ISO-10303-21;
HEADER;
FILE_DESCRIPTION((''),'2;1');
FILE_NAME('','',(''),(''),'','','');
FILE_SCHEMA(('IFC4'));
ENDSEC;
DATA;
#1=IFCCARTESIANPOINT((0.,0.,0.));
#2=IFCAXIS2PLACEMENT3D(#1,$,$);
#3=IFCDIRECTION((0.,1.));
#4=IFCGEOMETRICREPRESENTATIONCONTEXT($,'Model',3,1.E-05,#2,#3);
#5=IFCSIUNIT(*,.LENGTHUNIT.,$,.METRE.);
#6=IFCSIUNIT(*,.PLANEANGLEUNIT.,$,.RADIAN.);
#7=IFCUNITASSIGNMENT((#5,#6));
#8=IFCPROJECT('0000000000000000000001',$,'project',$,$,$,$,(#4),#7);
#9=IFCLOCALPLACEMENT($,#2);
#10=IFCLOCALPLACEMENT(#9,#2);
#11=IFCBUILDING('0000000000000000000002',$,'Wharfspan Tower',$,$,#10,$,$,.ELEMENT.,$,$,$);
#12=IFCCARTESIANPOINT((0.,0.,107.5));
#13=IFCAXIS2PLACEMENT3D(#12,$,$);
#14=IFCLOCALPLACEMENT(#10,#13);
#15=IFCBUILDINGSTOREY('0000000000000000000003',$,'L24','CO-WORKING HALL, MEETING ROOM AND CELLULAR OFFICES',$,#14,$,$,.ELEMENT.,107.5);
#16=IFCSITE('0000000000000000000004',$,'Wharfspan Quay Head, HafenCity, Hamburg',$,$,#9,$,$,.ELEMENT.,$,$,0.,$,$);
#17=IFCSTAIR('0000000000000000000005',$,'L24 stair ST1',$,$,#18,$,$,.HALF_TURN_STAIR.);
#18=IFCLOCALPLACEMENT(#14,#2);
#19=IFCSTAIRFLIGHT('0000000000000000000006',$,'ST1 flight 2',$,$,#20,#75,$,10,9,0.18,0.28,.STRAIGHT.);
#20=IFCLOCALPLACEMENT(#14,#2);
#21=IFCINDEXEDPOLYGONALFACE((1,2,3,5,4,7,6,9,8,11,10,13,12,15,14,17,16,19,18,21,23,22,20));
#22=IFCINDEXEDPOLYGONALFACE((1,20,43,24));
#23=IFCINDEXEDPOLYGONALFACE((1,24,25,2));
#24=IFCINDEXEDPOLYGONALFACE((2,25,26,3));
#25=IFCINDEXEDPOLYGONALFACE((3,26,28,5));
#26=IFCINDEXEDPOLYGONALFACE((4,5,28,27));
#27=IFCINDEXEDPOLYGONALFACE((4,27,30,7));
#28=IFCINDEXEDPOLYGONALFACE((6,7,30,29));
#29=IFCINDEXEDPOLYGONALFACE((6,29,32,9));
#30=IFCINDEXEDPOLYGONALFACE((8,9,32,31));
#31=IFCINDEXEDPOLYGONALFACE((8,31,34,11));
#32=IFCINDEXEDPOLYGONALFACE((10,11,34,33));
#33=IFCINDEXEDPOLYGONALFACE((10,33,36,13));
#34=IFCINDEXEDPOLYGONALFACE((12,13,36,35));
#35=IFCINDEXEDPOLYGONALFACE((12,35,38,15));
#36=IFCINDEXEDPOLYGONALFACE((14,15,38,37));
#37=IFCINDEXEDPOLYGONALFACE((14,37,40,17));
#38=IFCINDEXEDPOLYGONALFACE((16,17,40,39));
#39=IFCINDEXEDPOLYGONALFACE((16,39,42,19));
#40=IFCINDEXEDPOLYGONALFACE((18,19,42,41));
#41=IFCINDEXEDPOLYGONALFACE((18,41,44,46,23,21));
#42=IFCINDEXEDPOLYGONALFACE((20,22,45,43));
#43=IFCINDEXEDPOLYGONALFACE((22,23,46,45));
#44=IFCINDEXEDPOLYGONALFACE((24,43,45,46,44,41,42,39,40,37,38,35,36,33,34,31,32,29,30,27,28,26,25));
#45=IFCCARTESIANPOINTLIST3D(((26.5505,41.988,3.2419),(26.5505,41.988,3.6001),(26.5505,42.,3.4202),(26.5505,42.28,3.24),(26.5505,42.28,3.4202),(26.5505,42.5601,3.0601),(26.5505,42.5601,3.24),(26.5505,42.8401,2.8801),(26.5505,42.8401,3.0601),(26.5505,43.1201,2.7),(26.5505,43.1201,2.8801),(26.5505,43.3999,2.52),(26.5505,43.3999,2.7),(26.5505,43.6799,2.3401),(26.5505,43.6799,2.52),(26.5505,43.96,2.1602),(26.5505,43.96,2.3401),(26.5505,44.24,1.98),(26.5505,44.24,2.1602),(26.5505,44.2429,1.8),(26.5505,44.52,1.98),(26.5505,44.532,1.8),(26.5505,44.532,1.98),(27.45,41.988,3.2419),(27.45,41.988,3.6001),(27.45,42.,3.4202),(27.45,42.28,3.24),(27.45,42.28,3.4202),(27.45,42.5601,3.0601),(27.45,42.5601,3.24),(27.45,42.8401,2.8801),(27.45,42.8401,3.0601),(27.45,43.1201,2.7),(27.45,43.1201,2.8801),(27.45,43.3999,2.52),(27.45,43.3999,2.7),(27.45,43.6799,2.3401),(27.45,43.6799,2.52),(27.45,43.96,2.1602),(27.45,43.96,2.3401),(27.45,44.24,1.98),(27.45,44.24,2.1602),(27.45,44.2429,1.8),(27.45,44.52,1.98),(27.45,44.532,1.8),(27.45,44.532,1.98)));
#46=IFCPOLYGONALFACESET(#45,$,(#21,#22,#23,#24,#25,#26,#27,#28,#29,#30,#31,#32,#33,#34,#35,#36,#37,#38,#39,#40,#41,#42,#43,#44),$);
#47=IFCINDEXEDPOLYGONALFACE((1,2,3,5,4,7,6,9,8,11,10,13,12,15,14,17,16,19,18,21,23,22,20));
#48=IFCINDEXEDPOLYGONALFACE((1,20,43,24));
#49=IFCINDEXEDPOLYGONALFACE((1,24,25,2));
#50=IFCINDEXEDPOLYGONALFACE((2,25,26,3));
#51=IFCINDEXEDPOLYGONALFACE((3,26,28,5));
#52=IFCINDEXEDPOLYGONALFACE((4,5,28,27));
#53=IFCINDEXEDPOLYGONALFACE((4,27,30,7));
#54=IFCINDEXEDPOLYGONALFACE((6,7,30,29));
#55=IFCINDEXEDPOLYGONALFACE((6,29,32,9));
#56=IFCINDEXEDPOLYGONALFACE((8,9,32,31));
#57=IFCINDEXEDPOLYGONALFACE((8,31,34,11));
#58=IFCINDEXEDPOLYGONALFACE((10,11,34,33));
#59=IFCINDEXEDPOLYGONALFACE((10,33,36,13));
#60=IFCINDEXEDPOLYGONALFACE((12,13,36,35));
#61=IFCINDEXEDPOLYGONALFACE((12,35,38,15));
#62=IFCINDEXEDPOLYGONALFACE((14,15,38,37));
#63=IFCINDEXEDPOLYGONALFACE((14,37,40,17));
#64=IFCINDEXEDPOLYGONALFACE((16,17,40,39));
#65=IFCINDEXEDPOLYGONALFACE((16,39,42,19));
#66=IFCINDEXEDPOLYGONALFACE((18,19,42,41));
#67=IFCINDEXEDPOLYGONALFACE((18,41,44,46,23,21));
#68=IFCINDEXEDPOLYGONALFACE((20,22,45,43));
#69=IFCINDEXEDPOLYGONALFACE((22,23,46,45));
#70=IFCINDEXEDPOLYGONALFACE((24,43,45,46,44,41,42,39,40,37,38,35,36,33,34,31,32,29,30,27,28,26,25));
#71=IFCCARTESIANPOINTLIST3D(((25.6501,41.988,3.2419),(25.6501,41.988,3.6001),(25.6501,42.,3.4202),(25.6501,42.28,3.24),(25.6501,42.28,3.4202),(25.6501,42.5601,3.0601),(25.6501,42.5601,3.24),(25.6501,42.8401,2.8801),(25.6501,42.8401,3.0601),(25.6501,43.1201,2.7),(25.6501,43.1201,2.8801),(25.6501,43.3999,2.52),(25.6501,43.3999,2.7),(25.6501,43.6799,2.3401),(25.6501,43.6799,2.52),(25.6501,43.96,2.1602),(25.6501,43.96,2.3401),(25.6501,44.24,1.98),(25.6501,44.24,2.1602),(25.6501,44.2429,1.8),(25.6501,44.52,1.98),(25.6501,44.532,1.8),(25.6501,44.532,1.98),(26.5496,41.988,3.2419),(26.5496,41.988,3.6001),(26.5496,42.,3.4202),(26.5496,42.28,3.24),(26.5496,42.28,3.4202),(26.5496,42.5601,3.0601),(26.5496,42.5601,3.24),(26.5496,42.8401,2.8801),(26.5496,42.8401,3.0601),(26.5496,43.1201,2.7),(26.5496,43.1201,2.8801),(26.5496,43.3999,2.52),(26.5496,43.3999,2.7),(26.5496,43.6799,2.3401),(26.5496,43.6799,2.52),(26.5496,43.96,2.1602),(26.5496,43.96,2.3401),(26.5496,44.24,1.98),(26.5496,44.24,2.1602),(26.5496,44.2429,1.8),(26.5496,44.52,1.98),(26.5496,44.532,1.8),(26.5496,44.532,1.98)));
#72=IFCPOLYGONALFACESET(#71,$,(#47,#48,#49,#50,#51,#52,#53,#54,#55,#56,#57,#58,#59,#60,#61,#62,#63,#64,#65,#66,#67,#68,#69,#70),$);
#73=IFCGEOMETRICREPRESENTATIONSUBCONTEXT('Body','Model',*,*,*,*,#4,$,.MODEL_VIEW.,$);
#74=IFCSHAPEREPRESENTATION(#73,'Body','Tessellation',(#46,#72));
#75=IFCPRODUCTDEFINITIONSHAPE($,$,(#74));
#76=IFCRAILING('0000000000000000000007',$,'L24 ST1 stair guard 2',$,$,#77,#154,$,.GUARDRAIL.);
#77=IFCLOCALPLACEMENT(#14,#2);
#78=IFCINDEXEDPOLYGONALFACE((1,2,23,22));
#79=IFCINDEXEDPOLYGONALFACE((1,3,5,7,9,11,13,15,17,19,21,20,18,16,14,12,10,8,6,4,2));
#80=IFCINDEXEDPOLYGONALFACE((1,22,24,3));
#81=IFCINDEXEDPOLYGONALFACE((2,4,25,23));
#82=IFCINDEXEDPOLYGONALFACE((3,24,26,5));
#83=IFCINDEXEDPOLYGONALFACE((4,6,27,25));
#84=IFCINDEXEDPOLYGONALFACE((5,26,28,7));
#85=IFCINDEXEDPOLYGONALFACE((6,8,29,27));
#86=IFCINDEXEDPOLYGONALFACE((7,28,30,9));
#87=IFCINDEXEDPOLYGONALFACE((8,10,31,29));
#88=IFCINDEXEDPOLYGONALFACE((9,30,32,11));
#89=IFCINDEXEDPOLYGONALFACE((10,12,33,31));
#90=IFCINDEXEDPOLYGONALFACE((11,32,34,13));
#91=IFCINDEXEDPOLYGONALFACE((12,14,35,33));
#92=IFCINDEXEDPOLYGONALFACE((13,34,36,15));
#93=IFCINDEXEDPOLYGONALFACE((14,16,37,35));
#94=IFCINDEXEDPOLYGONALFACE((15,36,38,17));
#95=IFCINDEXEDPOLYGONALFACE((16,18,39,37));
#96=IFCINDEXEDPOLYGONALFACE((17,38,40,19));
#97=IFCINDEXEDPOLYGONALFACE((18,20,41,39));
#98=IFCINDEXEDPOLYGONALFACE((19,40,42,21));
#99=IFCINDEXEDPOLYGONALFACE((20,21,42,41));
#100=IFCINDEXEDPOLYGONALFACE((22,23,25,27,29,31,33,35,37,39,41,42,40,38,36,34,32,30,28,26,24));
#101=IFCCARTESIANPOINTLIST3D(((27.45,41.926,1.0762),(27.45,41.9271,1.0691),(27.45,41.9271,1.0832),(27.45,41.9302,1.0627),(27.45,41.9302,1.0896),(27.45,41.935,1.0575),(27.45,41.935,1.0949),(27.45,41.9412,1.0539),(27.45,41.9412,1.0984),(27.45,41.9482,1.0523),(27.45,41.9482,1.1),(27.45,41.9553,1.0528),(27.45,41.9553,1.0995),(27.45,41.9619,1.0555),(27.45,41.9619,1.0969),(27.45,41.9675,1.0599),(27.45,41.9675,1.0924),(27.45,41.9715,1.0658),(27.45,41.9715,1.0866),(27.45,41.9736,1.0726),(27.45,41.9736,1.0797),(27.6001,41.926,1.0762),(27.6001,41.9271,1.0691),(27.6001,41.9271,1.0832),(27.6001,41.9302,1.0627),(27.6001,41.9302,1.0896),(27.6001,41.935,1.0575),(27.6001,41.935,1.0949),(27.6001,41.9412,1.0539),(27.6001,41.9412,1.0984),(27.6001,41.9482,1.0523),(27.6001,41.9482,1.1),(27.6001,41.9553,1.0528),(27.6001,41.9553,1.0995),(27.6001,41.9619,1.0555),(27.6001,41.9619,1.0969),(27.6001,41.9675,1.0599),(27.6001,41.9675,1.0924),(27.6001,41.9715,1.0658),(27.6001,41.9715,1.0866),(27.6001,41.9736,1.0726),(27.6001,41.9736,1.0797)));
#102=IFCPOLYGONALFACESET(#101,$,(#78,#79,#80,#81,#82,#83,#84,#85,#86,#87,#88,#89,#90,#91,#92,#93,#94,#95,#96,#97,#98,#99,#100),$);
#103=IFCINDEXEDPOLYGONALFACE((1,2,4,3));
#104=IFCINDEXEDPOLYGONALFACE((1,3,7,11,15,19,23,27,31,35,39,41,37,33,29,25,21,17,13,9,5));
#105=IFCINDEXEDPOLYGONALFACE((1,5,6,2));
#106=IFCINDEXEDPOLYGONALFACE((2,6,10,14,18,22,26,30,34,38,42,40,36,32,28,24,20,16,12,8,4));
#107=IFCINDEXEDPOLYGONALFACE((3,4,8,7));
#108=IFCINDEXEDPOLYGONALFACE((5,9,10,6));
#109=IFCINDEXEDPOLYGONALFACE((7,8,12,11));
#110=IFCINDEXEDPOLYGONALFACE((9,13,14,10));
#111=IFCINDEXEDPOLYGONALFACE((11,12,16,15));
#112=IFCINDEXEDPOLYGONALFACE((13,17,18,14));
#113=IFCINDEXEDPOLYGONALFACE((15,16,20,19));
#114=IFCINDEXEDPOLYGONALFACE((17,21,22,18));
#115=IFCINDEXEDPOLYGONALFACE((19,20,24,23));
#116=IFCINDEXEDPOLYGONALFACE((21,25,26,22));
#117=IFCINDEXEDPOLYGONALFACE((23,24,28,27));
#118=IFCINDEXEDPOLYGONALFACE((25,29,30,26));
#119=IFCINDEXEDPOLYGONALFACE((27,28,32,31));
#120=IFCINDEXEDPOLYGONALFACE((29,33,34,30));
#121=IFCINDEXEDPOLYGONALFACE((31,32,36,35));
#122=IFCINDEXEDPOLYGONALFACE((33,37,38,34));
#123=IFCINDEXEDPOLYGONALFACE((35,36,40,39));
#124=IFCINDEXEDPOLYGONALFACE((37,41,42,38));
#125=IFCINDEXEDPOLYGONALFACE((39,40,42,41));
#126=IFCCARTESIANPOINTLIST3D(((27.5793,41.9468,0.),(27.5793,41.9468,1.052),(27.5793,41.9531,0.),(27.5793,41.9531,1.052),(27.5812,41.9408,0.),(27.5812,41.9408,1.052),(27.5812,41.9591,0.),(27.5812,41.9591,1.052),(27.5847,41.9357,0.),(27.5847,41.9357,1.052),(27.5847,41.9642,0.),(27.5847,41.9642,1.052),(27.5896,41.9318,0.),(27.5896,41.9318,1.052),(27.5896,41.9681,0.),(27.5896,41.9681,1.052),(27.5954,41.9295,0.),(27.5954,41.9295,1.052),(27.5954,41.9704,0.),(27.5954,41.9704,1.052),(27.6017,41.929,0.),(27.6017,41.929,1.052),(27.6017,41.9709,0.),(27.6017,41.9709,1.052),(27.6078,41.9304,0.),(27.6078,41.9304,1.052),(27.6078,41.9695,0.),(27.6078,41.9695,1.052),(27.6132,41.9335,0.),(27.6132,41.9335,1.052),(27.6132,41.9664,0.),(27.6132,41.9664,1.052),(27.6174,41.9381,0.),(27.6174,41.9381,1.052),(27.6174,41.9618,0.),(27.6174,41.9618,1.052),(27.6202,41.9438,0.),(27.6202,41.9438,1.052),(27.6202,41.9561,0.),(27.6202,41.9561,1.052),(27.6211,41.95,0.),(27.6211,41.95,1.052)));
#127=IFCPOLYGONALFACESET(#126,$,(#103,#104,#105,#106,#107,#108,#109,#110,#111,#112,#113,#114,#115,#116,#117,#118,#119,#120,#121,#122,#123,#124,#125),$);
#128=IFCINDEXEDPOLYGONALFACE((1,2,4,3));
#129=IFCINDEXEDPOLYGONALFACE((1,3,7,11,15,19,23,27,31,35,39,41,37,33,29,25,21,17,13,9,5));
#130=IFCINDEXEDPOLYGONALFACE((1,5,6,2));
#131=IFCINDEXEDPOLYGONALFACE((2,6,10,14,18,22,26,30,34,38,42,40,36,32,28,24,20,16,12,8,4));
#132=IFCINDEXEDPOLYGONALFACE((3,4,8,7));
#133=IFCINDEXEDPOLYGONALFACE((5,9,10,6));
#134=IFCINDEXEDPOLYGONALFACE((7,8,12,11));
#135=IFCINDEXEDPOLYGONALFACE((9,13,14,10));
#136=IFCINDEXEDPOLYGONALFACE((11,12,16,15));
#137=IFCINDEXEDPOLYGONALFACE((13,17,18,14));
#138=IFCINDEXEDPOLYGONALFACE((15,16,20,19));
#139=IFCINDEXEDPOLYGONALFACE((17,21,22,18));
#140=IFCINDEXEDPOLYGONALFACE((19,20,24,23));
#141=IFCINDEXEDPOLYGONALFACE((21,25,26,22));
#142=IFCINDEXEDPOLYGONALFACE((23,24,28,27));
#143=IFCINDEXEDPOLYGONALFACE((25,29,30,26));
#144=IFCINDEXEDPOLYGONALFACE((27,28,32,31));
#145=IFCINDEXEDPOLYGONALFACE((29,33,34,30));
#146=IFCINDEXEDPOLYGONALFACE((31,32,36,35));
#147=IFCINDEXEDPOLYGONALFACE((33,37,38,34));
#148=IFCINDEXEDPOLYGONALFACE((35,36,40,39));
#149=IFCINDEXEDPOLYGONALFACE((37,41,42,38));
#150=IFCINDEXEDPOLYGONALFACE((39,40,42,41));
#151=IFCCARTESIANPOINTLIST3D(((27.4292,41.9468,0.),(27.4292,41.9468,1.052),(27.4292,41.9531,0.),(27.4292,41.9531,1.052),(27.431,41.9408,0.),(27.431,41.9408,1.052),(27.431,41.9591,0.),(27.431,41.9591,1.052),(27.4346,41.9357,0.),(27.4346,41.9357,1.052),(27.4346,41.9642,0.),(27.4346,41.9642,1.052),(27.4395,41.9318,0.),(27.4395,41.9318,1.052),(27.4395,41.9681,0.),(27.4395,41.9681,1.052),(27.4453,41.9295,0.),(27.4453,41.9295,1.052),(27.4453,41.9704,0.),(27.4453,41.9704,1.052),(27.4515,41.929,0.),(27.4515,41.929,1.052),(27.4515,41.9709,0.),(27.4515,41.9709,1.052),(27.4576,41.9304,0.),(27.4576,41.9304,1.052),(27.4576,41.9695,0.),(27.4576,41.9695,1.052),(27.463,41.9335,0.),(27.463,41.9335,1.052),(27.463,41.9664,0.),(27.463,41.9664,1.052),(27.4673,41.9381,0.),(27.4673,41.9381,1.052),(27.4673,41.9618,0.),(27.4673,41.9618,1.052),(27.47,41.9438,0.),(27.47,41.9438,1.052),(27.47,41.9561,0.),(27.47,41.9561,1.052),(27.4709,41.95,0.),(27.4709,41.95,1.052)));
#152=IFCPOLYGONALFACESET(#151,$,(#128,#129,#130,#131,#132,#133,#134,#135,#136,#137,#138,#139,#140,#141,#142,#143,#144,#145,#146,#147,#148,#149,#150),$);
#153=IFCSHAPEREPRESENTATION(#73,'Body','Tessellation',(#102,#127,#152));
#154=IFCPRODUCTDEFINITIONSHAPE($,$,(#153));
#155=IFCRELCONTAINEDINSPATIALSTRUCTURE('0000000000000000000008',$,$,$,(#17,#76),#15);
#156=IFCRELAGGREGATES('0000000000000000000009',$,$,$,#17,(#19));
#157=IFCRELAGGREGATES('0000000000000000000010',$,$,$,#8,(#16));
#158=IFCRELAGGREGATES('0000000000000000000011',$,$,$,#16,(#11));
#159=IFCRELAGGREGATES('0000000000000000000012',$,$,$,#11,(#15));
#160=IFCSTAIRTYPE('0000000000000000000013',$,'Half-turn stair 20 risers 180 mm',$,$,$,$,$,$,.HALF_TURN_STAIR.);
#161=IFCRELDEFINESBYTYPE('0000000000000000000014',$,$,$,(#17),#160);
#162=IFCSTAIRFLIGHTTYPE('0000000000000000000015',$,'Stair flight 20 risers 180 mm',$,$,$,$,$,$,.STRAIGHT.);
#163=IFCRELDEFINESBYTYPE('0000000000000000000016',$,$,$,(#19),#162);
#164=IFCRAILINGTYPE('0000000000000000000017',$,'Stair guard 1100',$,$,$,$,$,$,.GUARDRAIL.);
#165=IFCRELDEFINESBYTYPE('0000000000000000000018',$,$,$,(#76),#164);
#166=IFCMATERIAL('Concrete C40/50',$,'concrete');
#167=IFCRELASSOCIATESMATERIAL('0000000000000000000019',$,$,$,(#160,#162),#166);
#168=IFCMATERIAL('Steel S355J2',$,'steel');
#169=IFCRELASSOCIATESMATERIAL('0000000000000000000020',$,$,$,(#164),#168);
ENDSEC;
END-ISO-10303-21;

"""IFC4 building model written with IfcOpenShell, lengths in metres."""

from ifc_helpers import new_model, si_unit, direction, frame, origin, origin_2d, place, context, subcontext, project, spatial, polyline, circle, outline, extrude, material, type_object, element, aggregate, save


model = new_model("IFC4")

# Units and contexts
model_context = context("Model", 3, precision=1e-05, world=origin(), true_north=direction((0.0, 1.0)))
body_context = subcontext(model_context, "Body", "Model", "MODEL_VIEW")
ifc_project = project(units=[si_unit("LENGTHUNIT", "METRE"), si_unit("PLANEANGLEUNIT", "RADIAN")], contexts=[model_context])

# Site, building, storey
site_placement = place(None, origin())
site = spatial("IfcSite", under=ifc_project, at=site_placement, Name="Wharfspan Quay Head, HafenCity, Hamburg", CompositionType="ELEMENT", RefElevation=0.0)
building_placement = place(site_placement, origin())
building = spatial("IfcBuilding", under=site, at=building_placement, Name="Wharfspan Tower", CompositionType="ELEMENT")
storey_placement = place(building_placement, frame((0.0, 0.0, 107.5)))
storey = spatial("IfcBuildingStorey", under=building, at=storey_placement, Name="L24", Description="CO-WORKING HALL, MEETING ROOM AND CELLULAR OFFICES", CompositionType="ELEMENT", Elevation=107.5)

# Shared definitions
ifc_material_1 = material(Name="Steel S355J2", Category="steel")

# Shared definitions
ifc_material_2 = material(Name="Concrete C40/50", Category="concrete")

# Stair, stair flight
stair_type = type_object("IfcStairType", Name="Half-turn stair 20 risers 180 mm", PredefinedType="HALF_TURN_STAIR", material=ifc_material_2)
stair_placement = place(storey_placement, origin())
stair = element("IfcStair", 1, at=stair_placement, inside=storey, type_object=stair_type, Name="L24 stair ST1", PredefinedType="HALF_TURN_STAIR")
stair_flight_type = type_object("IfcStairFlightType", Name="Stair flight 20 risers 180 mm", PredefinedType="STRAIGHT", material=ifc_material_2)
stair_flight_1_placement = place(storey_placement, frame((26.55, 44.52, 1.8), z_axis=(0.0, 0.0, 1.0), x_axis=(0.0, -1.0, 0.0)))
stair_flight_1 = element("IfcStairFlight", 2, at=stair_flight_1_placement, type_object=stair_flight_type, Name="ST1 flight 2", NumberOfRisers=10, NumberOfTreads=9, PredefinedType="STRAIGHT", RiserHeight=0.18, TreadLength=0.28, context=body_context, shape_type="SweptSolid", body=[
    extrude(outline(polyline([(-0.012, 0.0), (-0.012, 0.1799), (0.0, 0.1799), (0.28, 0.1799), (0.28, 0.3601), (0.5601, 0.3601), (0.5601, 0.54), (0.8401, 0.54), (0.8401, 0.72), (1.1201, 0.72), (1.1201, 0.8999), (1.3999, 0.8999), (1.3999, 1.0801), (1.6799, 1.0801), (1.6799, 1.26), (1.96, 1.26), (1.96, 1.4399), (2.24, 1.4399), (2.24, 1.6201), (2.52, 1.6201), (2.532, 1.8), (2.532, 1.4419), (0.2771, 0.0), (-0.012, 0.0)])), frame((0.0, 0.8999, 0.0), z_axis=(0.0, -1.0, 0.0), x_axis=(1.0, 0.0, 0.0)), (0.0, 0.0, 1.0), 0.8994),
    extrude(outline(polyline([(-0.012, 0.0), (-0.012, 0.1799), (0.0, 0.1799), (0.28, 0.1799), (0.28, 0.3601), (0.5601, 0.3601), (0.5601, 0.54), (0.8401, 0.54), (0.8401, 0.72), (1.1201, 0.72), (1.1201, 0.8999), (1.3999, 0.8999), (1.3999, 1.0801), (1.6799, 1.0801), (1.6799, 1.26), (1.96, 1.26), (1.96, 1.4399), (2.24, 1.4399), (2.24, 1.6201), (2.52, 1.6201), (2.532, 1.8), (2.532, 1.4419), (0.2771, 0.0), (-0.012, 0.0)])), frame((0.0, -0.0005, 0.0), z_axis=(0.0, -1.0, 0.0), x_axis=(1.0, 0.0, 0.0)), (0.0, 0.0, 1.0), 0.8994),
])
aggregate(stair, [stair_flight_1])

# Railing
railing_type_1 = type_object("IfcRailingType", Name="Stair guard 1100", PredefinedType="GUARDRAIL", material=ifc_material_1)
railing_1_placement = place(storey_placement, frame((27.6001, 41.95, 0.0)))
element("IfcRailing", 3, at=railing_1_placement, inside=storey, type_object=railing_type_1, Name="L24 ST1 stair guard 2", PredefinedType="GUARDRAIL", context=body_context, shape_type="SweptSolid", body=[
    extrude(circle(Radius=0.0239, at=origin_2d()), frame((0.0, 0.0, 1.0762), z_axis=(-1.0, 0.0, 0.0), x_axis=(0.0, -1.0, 0.0)), (0.0, 0.0, 1.0), 0.1501),
    extrude(circle(Radius=0.021, at=origin_2d()), origin(), (0.0, 0.0, 1.0), 1.052),
    extrude(circle(Radius=0.021, at=origin_2d()), frame((-0.1501, 0.0, 0.0)), (0.0, 0.0, 1.0), 1.052),
])

save(model, "model.ifc")
